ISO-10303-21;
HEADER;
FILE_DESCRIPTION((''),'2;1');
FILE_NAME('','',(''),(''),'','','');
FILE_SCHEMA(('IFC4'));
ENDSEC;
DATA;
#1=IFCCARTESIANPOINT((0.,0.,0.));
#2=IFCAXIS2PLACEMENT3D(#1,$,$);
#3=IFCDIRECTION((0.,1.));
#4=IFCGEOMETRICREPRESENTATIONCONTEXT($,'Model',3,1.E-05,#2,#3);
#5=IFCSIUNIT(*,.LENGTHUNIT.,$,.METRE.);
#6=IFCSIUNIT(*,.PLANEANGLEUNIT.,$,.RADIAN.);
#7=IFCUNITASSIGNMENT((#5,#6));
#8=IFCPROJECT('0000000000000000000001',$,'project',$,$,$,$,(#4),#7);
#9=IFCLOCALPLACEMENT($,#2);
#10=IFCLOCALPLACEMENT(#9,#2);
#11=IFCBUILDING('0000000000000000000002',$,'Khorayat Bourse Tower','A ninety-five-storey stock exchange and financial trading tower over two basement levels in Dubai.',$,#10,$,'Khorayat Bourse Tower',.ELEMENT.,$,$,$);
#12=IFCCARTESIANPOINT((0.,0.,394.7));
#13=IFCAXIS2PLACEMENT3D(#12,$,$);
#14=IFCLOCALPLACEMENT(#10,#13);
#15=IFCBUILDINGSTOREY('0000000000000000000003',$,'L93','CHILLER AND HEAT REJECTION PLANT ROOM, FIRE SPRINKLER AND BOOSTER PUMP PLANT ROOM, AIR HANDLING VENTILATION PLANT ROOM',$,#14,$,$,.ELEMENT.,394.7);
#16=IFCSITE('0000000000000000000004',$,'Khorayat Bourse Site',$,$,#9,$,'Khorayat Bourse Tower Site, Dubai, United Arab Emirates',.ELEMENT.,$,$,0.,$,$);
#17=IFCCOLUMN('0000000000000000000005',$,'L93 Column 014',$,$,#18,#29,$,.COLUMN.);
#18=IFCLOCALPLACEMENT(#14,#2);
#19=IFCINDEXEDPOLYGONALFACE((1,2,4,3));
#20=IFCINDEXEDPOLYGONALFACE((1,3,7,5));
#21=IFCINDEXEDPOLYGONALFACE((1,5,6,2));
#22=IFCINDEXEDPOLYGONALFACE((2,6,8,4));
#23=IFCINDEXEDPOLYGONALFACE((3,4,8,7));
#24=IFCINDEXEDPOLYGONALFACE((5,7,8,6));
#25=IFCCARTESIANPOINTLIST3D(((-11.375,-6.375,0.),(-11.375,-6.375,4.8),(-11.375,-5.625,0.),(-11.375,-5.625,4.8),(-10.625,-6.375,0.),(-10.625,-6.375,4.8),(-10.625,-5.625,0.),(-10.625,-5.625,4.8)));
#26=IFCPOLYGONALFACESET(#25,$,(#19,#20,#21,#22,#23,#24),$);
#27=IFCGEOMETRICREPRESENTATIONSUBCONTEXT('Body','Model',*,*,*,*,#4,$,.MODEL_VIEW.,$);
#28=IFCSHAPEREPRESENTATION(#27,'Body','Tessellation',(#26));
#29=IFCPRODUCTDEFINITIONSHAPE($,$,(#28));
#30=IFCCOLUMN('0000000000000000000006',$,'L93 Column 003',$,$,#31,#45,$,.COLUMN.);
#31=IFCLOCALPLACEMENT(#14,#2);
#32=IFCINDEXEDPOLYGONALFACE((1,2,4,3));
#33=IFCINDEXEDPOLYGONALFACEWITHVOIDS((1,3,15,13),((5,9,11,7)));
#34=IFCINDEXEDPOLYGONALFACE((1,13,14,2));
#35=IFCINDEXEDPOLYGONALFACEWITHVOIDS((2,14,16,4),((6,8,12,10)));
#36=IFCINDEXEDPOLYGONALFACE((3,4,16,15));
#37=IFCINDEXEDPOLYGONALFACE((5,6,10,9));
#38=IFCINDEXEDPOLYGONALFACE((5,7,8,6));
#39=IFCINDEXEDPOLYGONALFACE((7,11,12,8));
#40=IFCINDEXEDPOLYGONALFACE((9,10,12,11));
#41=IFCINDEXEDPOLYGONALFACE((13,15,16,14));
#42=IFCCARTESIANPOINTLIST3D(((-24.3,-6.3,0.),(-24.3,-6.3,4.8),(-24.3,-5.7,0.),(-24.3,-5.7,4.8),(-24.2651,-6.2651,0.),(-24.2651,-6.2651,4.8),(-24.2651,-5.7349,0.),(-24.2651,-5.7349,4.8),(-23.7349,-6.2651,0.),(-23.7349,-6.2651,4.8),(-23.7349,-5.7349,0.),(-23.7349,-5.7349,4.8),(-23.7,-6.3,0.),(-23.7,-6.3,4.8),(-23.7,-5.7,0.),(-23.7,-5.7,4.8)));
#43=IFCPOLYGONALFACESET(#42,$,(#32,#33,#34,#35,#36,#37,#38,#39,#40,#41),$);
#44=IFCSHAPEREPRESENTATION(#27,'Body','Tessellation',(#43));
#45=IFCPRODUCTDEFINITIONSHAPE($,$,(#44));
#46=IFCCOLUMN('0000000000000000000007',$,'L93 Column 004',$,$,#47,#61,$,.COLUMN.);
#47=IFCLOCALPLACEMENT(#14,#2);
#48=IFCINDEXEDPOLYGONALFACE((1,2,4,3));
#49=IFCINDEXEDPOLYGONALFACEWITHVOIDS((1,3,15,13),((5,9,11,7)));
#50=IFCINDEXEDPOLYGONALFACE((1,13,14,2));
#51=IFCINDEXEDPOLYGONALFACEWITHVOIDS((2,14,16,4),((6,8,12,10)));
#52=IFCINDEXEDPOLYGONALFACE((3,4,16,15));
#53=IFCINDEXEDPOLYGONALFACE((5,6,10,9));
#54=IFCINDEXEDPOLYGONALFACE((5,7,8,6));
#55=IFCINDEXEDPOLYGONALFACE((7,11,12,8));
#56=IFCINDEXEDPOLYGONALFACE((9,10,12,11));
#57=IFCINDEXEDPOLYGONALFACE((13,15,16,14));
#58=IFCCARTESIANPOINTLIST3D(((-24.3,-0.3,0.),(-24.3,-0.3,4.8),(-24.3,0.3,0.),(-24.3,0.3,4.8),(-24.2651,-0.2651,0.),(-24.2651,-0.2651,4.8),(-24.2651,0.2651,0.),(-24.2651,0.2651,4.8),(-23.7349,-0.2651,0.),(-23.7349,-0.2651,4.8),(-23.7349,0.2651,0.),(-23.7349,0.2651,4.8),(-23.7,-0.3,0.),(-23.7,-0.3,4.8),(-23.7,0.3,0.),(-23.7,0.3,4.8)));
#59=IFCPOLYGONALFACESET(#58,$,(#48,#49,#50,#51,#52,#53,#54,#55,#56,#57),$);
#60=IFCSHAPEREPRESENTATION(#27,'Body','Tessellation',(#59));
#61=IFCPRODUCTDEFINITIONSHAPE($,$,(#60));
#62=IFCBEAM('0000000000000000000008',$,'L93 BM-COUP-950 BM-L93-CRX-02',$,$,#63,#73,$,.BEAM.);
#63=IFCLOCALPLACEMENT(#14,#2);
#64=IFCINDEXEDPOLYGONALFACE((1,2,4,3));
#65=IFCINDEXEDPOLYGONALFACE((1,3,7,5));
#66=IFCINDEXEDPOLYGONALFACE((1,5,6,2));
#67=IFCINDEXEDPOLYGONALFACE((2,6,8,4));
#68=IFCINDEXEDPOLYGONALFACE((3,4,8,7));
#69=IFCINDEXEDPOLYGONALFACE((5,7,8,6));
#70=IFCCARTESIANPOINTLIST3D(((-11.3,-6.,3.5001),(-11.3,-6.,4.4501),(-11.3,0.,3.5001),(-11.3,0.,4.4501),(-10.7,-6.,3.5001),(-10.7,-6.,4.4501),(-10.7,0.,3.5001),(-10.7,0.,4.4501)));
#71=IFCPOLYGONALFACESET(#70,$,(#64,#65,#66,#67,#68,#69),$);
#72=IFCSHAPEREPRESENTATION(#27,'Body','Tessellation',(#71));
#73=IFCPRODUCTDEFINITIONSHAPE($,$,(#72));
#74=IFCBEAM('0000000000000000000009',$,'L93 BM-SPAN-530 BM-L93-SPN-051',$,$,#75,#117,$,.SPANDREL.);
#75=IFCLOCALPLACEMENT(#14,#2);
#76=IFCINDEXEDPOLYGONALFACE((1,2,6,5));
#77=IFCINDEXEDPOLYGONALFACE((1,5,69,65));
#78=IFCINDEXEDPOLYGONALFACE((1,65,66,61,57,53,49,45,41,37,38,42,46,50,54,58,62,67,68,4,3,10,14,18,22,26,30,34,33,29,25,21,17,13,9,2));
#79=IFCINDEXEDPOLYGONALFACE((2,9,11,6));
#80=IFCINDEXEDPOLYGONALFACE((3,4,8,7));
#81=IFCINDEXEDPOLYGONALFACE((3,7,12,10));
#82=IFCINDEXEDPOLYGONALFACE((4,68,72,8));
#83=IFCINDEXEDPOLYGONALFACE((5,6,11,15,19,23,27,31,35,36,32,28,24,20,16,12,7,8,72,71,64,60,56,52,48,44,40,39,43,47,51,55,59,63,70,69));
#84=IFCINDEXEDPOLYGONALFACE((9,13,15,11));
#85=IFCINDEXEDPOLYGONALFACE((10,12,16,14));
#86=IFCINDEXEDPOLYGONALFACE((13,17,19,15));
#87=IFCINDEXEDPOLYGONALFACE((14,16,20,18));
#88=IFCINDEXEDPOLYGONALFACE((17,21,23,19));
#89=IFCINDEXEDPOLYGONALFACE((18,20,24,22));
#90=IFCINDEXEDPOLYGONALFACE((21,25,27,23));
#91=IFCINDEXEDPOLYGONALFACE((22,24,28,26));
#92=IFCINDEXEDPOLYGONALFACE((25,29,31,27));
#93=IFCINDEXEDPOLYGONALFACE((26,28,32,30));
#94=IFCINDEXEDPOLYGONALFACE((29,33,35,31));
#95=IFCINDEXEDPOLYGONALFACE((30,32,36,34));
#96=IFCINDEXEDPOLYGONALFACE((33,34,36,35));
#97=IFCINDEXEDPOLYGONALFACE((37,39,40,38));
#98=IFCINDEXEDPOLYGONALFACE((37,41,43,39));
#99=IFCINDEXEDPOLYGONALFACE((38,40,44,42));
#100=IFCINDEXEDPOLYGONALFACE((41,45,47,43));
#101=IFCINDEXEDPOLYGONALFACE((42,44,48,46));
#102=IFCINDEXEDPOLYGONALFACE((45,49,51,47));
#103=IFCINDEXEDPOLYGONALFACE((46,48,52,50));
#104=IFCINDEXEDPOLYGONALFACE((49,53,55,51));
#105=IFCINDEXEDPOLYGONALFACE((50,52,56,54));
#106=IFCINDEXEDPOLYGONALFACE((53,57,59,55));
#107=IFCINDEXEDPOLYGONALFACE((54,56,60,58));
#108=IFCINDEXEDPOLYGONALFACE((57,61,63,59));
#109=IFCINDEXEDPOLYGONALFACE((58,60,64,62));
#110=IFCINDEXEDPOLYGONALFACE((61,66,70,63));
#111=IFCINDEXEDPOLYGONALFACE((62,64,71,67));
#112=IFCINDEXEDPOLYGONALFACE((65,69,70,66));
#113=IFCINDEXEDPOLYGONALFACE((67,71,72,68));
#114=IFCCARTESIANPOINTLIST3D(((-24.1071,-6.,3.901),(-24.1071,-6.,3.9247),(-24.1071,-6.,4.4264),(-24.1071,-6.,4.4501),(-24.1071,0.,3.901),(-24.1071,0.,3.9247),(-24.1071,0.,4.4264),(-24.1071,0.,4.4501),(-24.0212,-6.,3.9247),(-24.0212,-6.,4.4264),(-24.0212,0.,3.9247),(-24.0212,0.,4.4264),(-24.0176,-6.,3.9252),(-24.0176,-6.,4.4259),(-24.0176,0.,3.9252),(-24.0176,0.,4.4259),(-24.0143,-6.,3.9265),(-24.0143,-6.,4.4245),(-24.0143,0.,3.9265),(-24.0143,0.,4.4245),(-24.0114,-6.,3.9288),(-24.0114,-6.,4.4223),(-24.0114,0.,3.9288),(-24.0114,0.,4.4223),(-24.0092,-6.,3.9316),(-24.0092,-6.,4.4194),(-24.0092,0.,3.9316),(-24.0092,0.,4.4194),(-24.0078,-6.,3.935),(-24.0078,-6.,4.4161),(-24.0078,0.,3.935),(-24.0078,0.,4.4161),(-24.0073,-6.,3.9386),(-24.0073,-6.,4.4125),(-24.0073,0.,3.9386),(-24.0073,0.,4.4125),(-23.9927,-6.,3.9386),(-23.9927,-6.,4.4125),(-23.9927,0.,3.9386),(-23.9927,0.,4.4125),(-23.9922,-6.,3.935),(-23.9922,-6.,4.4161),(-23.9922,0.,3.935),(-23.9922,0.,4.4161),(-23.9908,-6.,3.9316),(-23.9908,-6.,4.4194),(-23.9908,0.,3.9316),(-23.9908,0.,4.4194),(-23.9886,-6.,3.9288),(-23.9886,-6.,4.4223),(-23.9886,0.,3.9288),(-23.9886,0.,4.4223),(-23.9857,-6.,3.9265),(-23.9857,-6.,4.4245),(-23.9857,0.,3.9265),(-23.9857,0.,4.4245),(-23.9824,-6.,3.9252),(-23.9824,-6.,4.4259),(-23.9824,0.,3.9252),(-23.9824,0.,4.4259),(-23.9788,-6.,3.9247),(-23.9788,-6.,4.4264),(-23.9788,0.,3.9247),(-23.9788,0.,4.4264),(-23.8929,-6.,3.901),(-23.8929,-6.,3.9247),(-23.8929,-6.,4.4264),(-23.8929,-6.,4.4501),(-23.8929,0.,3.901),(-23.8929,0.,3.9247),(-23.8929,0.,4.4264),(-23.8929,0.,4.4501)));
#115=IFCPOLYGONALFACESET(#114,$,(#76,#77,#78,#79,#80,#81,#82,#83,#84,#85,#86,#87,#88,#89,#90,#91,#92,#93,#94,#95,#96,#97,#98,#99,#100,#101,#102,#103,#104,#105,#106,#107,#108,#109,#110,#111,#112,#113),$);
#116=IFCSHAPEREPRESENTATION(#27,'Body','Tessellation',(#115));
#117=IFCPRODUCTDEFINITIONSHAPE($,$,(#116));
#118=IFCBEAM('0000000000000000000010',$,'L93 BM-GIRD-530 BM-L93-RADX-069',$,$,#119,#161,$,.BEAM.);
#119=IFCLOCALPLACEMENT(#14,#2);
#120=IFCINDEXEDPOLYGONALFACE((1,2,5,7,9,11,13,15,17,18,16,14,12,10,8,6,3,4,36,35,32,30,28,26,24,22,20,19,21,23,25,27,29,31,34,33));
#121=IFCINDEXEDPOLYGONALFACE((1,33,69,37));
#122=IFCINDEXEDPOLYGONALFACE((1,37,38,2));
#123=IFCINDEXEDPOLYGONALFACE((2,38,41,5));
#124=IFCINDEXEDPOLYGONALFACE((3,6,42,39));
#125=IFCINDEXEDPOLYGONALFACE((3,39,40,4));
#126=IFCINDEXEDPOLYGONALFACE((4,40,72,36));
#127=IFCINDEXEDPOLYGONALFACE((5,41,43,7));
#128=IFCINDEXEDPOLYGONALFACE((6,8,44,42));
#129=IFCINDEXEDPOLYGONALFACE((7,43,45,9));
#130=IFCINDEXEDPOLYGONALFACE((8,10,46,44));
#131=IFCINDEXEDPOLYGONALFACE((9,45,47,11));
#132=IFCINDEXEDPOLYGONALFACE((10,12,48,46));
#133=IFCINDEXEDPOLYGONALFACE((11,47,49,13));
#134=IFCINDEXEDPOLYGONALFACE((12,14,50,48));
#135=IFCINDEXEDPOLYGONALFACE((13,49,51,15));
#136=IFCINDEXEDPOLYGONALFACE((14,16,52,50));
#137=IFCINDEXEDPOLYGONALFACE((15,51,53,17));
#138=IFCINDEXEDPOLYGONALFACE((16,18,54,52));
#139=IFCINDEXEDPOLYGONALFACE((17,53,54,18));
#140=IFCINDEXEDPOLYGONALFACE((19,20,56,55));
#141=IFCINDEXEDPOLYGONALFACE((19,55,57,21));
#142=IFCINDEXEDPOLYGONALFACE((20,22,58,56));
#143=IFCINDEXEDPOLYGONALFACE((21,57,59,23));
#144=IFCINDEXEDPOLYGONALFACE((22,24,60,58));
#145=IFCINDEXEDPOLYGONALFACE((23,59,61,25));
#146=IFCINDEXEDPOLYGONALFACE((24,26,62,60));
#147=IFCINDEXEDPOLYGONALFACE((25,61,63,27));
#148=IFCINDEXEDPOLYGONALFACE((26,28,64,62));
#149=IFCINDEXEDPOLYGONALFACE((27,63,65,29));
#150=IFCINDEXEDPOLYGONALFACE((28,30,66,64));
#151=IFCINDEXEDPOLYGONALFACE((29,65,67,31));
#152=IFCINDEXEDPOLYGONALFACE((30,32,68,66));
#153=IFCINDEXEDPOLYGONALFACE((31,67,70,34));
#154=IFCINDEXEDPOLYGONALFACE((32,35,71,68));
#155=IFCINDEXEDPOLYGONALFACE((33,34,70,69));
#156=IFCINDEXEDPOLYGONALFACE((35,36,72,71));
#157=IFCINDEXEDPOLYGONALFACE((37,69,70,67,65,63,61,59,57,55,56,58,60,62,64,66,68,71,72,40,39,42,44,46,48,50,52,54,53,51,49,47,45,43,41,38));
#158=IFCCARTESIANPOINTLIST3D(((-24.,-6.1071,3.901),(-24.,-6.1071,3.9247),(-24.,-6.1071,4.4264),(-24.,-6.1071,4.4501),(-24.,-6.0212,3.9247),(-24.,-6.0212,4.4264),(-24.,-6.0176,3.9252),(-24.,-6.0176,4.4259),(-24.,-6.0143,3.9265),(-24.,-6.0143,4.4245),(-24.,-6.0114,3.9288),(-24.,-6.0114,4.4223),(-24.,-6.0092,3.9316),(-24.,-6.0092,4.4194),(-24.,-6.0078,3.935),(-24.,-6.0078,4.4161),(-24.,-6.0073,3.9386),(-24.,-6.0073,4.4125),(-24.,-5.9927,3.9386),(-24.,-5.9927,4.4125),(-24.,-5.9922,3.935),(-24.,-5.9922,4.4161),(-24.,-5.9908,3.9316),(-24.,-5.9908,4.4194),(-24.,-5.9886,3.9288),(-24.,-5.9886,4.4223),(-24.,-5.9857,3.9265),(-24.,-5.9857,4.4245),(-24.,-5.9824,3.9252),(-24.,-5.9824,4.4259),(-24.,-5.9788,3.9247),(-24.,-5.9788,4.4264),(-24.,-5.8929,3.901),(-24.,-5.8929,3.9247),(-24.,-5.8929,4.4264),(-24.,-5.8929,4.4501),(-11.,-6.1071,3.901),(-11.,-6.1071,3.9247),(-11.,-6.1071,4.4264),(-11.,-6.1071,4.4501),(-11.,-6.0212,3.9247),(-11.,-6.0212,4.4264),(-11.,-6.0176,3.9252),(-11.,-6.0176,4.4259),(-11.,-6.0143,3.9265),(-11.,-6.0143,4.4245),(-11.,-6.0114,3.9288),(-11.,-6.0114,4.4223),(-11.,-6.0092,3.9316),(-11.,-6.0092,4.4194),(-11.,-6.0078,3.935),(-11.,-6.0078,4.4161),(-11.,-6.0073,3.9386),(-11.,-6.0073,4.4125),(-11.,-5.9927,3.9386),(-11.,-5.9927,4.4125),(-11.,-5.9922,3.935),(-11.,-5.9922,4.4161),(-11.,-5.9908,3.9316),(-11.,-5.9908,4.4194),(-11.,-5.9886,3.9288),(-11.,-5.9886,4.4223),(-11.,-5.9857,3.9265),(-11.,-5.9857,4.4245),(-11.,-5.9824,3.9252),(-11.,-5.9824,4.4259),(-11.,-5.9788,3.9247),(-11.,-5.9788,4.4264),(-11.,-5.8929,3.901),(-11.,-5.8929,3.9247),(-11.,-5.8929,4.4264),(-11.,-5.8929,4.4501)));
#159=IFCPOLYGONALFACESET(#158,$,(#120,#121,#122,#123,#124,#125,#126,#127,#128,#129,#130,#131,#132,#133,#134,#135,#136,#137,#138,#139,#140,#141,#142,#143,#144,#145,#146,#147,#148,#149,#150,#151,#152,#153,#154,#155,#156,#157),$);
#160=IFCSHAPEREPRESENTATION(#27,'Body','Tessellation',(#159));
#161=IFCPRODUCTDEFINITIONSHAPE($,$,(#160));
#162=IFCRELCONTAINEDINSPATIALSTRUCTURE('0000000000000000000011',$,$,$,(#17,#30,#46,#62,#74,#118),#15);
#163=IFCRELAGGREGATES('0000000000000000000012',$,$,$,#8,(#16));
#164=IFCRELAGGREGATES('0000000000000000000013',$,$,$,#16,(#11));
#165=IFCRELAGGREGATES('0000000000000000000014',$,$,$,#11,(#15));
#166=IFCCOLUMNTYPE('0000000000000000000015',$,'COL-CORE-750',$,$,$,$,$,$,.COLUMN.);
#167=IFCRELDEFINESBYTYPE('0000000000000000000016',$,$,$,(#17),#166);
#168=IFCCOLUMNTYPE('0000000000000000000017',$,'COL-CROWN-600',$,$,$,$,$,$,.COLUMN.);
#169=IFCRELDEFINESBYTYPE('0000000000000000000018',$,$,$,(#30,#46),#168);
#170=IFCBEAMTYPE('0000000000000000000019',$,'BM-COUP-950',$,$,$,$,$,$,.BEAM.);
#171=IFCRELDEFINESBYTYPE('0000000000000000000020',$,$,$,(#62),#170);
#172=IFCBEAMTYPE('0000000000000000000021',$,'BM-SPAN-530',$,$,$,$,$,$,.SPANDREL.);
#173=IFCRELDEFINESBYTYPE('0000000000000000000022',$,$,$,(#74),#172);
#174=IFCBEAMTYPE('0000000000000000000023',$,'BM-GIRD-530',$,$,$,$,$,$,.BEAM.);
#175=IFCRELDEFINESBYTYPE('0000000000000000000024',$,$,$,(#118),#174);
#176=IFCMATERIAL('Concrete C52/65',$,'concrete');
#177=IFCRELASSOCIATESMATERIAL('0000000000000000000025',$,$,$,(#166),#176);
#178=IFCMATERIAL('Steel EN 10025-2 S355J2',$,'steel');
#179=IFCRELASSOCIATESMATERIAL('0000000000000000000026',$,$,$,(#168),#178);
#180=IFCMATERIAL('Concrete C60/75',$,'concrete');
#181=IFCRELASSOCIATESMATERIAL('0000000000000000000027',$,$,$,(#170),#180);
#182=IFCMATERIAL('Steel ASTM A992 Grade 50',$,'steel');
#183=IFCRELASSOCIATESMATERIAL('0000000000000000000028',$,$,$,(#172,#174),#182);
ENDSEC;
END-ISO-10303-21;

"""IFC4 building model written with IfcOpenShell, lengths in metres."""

from ifc_helpers import new_model, si_unit, direction, frame, origin, origin_2d, place, context, subcontext, project, spatial, rectangle, hollow_rectangle, i_section, extrude, source, transform, mapped, material, material_profile, profile_set, type_object, element, save


model = new_model("IFC4")

# Units and contexts
model_context = context("Model", 3, precision=1e-05, world=origin(), true_north=direction((0.0, 1.0)))
body_context = subcontext(model_context, "Body", "Model", "MODEL_VIEW")
ifc_project = project(units=[si_unit("LENGTHUNIT", "METRE"), si_unit("PLANEANGLEUNIT", "RADIAN")], contexts=[model_context])

# Site, building, storey
site_placement = place(None, origin())
site = spatial("IfcSite", under=ifc_project, at=site_placement, Name="Khorayat Bourse Site", LongName="Khorayat Bourse Tower Site, Dubai, United Arab Emirates", CompositionType="ELEMENT", RefElevation=0.0)
building_placement = place(site_placement, origin())
building = spatial("IfcBuilding", under=site, at=building_placement, Name="Khorayat Bourse Tower", Description="A ninety-five-storey stock exchange and financial trading tower over two basement levels in Dubai.", LongName="Khorayat Bourse Tower", CompositionType="ELEMENT")
storey_placement = place(building_placement, frame((0.0, 0.0, 394.7)))
storey = spatial("IfcBuildingStorey", under=building, at=storey_placement, Name="L93", Description="CHILLER AND HEAT REJECTION PLANT ROOM, FIRE SPRINKLER AND BOOSTER PUMP PLANT ROOM, AIR HANDLING VENTILATION PLANT ROOM", CompositionType="ELEMENT", Elevation=394.7)

# Columns
ifc_material_1 = material(Name="Concrete C52/65", Category="concrete")
ifc_material_profile_1 = material_profile(ifc_material_1, rectangle(XDim=0.75, YDim=0.75, at=origin_2d()), Name="RC 750x750")
ifc_profile_set_1 = profile_set([ifc_material_profile_1], Name="Concrete C52/65")
column_type_1 = type_object("IfcColumnType", Name="COL-CORE-750", PredefinedType="COLUMN", material=ifc_profile_set_1)
shared_shape_1 = source(origin(), body_context, "Body", "SweptSolid", [
    extrude(rectangle(XDim=0.75, YDim=0.75, at=origin_2d()), origin(), (0.0, 0.0, 1.0), 4.8),
])
column_placement = place(storey_placement, frame((-11.0, -6.0, 0.0), z_axis=(0.0, 0.0, 1.0), x_axis=(1.0, 0.0, 0.0)))
element("IfcColumn", 1, at=column_placement, inside=storey, type_object=column_type_1, Name="L93 Column 014", PredefinedType="COLUMN", context=body_context, shape_type="MappedRepresentation", body=[
    mapped(shared_shape_1, transform((0.0, 0.0, 0.0), scale=1.0)),
])
ifc_material_2 = material(Name="Steel EN 10025-2 S355J2", Category="steel")
ifc_material_profile_2 = material_profile(ifc_material_2, hollow_rectangle(XDim=0.6001, YDim=0.6001, WallThickness=0.0349, at=origin_2d()), Name="BOX 600x600x35")
ifc_profile_set_2 = profile_set([ifc_material_profile_2], Name="Steel EN 10025-2 S355J2")
column_type_2 = type_object("IfcColumnType", Name="COL-CROWN-600", PredefinedType="COLUMN", material=ifc_profile_set_2)
shared_shape_2 = source(origin(), body_context, "Body", "SweptSolid", [
    extrude(hollow_rectangle(XDim=0.6001, YDim=0.6001, WallThickness=0.0349, at=origin_2d()), origin(), (0.0, 0.0, 1.0), 4.8),
])
for number, where, z_axis, x_axis, name in (
    (2, (-24.0, -6.0, 0.0), (0.0, 0.0, 1.0), (1.0, 0.0, 0.0), "L93 Column 003"),
    (3, (-24.0, 0.0, 0.0), (0.0, 0.0, 1.0), (1.0, 0.0, 0.0), "L93 Column 004"),
):
    element("IfcColumn", number, at=place(storey_placement, frame(where, z_axis=z_axis, x_axis=x_axis)), inside=storey, type_object=column_type_2, Name=name, PredefinedType="COLUMN", context=body_context, shape_type="MappedRepresentation", body=[
        mapped(shared_shape_2, transform((0.0, 0.0, 0.0), scale=1.0)),
    ])

# Beams
ifc_material_3 = material(Name="Concrete C60/75", Category="concrete")
ifc_material_profile_3 = material_profile(ifc_material_3, rectangle(XDim=0.6001, YDim=0.95, at=origin_2d()), Name="RC 600x950")
ifc_profile_set_3 = profile_set([ifc_material_profile_3], Name="Concrete C60/75")
beam_type_1 = type_object("IfcBeamType", Name="BM-COUP-950", PredefinedType="BEAM", material=ifc_profile_set_3)
shared_shape_3 = source(origin(), body_context, "Body", "SweptSolid", [
    extrude(rectangle(XDim=0.6001, YDim=0.95, at=origin_2d()), origin(), (0.0, 0.0, 1.0), 6.0),
])
beam_1_placement = place(storey_placement, frame((-11.0, -6.0, 3.9751), z_axis=(0.0, 1.0, 0.0), x_axis=(-1.0, 0.0, 0.0)))
element("IfcBeam", 4, at=beam_1_placement, inside=storey, type_object=beam_type_1, Name="L93 BM-COUP-950 BM-L93-CRX-02", PredefinedType="BEAM", context=body_context, shape_type="MappedRepresentation", body=[
    mapped(shared_shape_3, transform((0.0, 0.0, 0.0), scale=1.0)),
])
ifc_material_4 = material(Name="Steel ASTM A992 Grade 50", Category="steel")
ifc_material_profile_4 = material_profile(ifc_material_4, i_section(OverallWidth=0.2141, OverallDepth=0.5491, WebThickness=0.0146, FlangeThickness=0.0237, FilletRadius=0.0139, at=origin_2d()), Name="W530X138")
ifc_profile_set_4 = profile_set([ifc_material_profile_4], Name="Steel ASTM A992 Grade 50")
beam_type_2 = type_object("IfcBeamType", Name="BM-SPAN-530", PredefinedType="SPANDREL", material=ifc_profile_set_4)
shared_shape_4 = source(origin(), body_context, "Body", "SweptSolid", [
    extrude(i_section(OverallWidth=0.2141, OverallDepth=0.5491, WebThickness=0.0146, FlangeThickness=0.0237, FilletRadius=0.0139, at=origin_2d()), origin(), (0.0, 0.0, 1.0), 6.0),
])
beam_2_placement = place(storey_placement, frame((-24.0, -6.0, 4.1755), z_axis=(0.0, 1.0, 0.0), x_axis=(-1.0, 0.0, 0.0)))
element("IfcBeam", 5, at=beam_2_placement, inside=storey, type_object=beam_type_2, Name="L93 BM-SPAN-530 BM-L93-SPN-051", PredefinedType="SPANDREL", context=body_context, shape_type="MappedRepresentation", body=[
    mapped(shared_shape_4, transform((0.0, 0.0, 0.0), scale=1.0)),
])
ifc_material_profile_5 = material_profile(ifc_material_4, i_section(OverallWidth=0.2141, OverallDepth=0.5491, WebThickness=0.0146, FlangeThickness=0.0237, FilletRadius=0.0139, at=origin_2d()), Name="W530X138")
ifc_profile_set_5 = profile_set([ifc_material_profile_5], Name="Steel ASTM A992 Grade 50")
beam_type_3 = type_object("IfcBeamType", Name="BM-GIRD-530", PredefinedType="BEAM", material=ifc_profile_set_5)
shared_shape_5 = source(origin(), body_context, "Body", "SweptSolid", [
    extrude(i_section(OverallWidth=0.2141, OverallDepth=0.5491, WebThickness=0.0146, FlangeThickness=0.0237, FilletRadius=0.0139, at=origin_2d()), origin(), (0.0, 0.0, 1.0), 13.0),
])
beam_3_placement = place(storey_placement, frame((-24.0, -6.0, 4.1755), z_axis=(1.0, 0.0, 0.0), x_axis=(0.0, 1.0, 0.0)))
element("IfcBeam", 6, at=beam_3_placement, inside=storey, type_object=beam_type_3, Name="L93 BM-GIRD-530 BM-L93-RADX-069", PredefinedType="BEAM", context=body_context, shape_type="MappedRepresentation", body=[
    mapped(shared_shape_5, transform((0.0, 0.0, 0.0), scale=1.0)),
])

save(model, "model.ifc")
